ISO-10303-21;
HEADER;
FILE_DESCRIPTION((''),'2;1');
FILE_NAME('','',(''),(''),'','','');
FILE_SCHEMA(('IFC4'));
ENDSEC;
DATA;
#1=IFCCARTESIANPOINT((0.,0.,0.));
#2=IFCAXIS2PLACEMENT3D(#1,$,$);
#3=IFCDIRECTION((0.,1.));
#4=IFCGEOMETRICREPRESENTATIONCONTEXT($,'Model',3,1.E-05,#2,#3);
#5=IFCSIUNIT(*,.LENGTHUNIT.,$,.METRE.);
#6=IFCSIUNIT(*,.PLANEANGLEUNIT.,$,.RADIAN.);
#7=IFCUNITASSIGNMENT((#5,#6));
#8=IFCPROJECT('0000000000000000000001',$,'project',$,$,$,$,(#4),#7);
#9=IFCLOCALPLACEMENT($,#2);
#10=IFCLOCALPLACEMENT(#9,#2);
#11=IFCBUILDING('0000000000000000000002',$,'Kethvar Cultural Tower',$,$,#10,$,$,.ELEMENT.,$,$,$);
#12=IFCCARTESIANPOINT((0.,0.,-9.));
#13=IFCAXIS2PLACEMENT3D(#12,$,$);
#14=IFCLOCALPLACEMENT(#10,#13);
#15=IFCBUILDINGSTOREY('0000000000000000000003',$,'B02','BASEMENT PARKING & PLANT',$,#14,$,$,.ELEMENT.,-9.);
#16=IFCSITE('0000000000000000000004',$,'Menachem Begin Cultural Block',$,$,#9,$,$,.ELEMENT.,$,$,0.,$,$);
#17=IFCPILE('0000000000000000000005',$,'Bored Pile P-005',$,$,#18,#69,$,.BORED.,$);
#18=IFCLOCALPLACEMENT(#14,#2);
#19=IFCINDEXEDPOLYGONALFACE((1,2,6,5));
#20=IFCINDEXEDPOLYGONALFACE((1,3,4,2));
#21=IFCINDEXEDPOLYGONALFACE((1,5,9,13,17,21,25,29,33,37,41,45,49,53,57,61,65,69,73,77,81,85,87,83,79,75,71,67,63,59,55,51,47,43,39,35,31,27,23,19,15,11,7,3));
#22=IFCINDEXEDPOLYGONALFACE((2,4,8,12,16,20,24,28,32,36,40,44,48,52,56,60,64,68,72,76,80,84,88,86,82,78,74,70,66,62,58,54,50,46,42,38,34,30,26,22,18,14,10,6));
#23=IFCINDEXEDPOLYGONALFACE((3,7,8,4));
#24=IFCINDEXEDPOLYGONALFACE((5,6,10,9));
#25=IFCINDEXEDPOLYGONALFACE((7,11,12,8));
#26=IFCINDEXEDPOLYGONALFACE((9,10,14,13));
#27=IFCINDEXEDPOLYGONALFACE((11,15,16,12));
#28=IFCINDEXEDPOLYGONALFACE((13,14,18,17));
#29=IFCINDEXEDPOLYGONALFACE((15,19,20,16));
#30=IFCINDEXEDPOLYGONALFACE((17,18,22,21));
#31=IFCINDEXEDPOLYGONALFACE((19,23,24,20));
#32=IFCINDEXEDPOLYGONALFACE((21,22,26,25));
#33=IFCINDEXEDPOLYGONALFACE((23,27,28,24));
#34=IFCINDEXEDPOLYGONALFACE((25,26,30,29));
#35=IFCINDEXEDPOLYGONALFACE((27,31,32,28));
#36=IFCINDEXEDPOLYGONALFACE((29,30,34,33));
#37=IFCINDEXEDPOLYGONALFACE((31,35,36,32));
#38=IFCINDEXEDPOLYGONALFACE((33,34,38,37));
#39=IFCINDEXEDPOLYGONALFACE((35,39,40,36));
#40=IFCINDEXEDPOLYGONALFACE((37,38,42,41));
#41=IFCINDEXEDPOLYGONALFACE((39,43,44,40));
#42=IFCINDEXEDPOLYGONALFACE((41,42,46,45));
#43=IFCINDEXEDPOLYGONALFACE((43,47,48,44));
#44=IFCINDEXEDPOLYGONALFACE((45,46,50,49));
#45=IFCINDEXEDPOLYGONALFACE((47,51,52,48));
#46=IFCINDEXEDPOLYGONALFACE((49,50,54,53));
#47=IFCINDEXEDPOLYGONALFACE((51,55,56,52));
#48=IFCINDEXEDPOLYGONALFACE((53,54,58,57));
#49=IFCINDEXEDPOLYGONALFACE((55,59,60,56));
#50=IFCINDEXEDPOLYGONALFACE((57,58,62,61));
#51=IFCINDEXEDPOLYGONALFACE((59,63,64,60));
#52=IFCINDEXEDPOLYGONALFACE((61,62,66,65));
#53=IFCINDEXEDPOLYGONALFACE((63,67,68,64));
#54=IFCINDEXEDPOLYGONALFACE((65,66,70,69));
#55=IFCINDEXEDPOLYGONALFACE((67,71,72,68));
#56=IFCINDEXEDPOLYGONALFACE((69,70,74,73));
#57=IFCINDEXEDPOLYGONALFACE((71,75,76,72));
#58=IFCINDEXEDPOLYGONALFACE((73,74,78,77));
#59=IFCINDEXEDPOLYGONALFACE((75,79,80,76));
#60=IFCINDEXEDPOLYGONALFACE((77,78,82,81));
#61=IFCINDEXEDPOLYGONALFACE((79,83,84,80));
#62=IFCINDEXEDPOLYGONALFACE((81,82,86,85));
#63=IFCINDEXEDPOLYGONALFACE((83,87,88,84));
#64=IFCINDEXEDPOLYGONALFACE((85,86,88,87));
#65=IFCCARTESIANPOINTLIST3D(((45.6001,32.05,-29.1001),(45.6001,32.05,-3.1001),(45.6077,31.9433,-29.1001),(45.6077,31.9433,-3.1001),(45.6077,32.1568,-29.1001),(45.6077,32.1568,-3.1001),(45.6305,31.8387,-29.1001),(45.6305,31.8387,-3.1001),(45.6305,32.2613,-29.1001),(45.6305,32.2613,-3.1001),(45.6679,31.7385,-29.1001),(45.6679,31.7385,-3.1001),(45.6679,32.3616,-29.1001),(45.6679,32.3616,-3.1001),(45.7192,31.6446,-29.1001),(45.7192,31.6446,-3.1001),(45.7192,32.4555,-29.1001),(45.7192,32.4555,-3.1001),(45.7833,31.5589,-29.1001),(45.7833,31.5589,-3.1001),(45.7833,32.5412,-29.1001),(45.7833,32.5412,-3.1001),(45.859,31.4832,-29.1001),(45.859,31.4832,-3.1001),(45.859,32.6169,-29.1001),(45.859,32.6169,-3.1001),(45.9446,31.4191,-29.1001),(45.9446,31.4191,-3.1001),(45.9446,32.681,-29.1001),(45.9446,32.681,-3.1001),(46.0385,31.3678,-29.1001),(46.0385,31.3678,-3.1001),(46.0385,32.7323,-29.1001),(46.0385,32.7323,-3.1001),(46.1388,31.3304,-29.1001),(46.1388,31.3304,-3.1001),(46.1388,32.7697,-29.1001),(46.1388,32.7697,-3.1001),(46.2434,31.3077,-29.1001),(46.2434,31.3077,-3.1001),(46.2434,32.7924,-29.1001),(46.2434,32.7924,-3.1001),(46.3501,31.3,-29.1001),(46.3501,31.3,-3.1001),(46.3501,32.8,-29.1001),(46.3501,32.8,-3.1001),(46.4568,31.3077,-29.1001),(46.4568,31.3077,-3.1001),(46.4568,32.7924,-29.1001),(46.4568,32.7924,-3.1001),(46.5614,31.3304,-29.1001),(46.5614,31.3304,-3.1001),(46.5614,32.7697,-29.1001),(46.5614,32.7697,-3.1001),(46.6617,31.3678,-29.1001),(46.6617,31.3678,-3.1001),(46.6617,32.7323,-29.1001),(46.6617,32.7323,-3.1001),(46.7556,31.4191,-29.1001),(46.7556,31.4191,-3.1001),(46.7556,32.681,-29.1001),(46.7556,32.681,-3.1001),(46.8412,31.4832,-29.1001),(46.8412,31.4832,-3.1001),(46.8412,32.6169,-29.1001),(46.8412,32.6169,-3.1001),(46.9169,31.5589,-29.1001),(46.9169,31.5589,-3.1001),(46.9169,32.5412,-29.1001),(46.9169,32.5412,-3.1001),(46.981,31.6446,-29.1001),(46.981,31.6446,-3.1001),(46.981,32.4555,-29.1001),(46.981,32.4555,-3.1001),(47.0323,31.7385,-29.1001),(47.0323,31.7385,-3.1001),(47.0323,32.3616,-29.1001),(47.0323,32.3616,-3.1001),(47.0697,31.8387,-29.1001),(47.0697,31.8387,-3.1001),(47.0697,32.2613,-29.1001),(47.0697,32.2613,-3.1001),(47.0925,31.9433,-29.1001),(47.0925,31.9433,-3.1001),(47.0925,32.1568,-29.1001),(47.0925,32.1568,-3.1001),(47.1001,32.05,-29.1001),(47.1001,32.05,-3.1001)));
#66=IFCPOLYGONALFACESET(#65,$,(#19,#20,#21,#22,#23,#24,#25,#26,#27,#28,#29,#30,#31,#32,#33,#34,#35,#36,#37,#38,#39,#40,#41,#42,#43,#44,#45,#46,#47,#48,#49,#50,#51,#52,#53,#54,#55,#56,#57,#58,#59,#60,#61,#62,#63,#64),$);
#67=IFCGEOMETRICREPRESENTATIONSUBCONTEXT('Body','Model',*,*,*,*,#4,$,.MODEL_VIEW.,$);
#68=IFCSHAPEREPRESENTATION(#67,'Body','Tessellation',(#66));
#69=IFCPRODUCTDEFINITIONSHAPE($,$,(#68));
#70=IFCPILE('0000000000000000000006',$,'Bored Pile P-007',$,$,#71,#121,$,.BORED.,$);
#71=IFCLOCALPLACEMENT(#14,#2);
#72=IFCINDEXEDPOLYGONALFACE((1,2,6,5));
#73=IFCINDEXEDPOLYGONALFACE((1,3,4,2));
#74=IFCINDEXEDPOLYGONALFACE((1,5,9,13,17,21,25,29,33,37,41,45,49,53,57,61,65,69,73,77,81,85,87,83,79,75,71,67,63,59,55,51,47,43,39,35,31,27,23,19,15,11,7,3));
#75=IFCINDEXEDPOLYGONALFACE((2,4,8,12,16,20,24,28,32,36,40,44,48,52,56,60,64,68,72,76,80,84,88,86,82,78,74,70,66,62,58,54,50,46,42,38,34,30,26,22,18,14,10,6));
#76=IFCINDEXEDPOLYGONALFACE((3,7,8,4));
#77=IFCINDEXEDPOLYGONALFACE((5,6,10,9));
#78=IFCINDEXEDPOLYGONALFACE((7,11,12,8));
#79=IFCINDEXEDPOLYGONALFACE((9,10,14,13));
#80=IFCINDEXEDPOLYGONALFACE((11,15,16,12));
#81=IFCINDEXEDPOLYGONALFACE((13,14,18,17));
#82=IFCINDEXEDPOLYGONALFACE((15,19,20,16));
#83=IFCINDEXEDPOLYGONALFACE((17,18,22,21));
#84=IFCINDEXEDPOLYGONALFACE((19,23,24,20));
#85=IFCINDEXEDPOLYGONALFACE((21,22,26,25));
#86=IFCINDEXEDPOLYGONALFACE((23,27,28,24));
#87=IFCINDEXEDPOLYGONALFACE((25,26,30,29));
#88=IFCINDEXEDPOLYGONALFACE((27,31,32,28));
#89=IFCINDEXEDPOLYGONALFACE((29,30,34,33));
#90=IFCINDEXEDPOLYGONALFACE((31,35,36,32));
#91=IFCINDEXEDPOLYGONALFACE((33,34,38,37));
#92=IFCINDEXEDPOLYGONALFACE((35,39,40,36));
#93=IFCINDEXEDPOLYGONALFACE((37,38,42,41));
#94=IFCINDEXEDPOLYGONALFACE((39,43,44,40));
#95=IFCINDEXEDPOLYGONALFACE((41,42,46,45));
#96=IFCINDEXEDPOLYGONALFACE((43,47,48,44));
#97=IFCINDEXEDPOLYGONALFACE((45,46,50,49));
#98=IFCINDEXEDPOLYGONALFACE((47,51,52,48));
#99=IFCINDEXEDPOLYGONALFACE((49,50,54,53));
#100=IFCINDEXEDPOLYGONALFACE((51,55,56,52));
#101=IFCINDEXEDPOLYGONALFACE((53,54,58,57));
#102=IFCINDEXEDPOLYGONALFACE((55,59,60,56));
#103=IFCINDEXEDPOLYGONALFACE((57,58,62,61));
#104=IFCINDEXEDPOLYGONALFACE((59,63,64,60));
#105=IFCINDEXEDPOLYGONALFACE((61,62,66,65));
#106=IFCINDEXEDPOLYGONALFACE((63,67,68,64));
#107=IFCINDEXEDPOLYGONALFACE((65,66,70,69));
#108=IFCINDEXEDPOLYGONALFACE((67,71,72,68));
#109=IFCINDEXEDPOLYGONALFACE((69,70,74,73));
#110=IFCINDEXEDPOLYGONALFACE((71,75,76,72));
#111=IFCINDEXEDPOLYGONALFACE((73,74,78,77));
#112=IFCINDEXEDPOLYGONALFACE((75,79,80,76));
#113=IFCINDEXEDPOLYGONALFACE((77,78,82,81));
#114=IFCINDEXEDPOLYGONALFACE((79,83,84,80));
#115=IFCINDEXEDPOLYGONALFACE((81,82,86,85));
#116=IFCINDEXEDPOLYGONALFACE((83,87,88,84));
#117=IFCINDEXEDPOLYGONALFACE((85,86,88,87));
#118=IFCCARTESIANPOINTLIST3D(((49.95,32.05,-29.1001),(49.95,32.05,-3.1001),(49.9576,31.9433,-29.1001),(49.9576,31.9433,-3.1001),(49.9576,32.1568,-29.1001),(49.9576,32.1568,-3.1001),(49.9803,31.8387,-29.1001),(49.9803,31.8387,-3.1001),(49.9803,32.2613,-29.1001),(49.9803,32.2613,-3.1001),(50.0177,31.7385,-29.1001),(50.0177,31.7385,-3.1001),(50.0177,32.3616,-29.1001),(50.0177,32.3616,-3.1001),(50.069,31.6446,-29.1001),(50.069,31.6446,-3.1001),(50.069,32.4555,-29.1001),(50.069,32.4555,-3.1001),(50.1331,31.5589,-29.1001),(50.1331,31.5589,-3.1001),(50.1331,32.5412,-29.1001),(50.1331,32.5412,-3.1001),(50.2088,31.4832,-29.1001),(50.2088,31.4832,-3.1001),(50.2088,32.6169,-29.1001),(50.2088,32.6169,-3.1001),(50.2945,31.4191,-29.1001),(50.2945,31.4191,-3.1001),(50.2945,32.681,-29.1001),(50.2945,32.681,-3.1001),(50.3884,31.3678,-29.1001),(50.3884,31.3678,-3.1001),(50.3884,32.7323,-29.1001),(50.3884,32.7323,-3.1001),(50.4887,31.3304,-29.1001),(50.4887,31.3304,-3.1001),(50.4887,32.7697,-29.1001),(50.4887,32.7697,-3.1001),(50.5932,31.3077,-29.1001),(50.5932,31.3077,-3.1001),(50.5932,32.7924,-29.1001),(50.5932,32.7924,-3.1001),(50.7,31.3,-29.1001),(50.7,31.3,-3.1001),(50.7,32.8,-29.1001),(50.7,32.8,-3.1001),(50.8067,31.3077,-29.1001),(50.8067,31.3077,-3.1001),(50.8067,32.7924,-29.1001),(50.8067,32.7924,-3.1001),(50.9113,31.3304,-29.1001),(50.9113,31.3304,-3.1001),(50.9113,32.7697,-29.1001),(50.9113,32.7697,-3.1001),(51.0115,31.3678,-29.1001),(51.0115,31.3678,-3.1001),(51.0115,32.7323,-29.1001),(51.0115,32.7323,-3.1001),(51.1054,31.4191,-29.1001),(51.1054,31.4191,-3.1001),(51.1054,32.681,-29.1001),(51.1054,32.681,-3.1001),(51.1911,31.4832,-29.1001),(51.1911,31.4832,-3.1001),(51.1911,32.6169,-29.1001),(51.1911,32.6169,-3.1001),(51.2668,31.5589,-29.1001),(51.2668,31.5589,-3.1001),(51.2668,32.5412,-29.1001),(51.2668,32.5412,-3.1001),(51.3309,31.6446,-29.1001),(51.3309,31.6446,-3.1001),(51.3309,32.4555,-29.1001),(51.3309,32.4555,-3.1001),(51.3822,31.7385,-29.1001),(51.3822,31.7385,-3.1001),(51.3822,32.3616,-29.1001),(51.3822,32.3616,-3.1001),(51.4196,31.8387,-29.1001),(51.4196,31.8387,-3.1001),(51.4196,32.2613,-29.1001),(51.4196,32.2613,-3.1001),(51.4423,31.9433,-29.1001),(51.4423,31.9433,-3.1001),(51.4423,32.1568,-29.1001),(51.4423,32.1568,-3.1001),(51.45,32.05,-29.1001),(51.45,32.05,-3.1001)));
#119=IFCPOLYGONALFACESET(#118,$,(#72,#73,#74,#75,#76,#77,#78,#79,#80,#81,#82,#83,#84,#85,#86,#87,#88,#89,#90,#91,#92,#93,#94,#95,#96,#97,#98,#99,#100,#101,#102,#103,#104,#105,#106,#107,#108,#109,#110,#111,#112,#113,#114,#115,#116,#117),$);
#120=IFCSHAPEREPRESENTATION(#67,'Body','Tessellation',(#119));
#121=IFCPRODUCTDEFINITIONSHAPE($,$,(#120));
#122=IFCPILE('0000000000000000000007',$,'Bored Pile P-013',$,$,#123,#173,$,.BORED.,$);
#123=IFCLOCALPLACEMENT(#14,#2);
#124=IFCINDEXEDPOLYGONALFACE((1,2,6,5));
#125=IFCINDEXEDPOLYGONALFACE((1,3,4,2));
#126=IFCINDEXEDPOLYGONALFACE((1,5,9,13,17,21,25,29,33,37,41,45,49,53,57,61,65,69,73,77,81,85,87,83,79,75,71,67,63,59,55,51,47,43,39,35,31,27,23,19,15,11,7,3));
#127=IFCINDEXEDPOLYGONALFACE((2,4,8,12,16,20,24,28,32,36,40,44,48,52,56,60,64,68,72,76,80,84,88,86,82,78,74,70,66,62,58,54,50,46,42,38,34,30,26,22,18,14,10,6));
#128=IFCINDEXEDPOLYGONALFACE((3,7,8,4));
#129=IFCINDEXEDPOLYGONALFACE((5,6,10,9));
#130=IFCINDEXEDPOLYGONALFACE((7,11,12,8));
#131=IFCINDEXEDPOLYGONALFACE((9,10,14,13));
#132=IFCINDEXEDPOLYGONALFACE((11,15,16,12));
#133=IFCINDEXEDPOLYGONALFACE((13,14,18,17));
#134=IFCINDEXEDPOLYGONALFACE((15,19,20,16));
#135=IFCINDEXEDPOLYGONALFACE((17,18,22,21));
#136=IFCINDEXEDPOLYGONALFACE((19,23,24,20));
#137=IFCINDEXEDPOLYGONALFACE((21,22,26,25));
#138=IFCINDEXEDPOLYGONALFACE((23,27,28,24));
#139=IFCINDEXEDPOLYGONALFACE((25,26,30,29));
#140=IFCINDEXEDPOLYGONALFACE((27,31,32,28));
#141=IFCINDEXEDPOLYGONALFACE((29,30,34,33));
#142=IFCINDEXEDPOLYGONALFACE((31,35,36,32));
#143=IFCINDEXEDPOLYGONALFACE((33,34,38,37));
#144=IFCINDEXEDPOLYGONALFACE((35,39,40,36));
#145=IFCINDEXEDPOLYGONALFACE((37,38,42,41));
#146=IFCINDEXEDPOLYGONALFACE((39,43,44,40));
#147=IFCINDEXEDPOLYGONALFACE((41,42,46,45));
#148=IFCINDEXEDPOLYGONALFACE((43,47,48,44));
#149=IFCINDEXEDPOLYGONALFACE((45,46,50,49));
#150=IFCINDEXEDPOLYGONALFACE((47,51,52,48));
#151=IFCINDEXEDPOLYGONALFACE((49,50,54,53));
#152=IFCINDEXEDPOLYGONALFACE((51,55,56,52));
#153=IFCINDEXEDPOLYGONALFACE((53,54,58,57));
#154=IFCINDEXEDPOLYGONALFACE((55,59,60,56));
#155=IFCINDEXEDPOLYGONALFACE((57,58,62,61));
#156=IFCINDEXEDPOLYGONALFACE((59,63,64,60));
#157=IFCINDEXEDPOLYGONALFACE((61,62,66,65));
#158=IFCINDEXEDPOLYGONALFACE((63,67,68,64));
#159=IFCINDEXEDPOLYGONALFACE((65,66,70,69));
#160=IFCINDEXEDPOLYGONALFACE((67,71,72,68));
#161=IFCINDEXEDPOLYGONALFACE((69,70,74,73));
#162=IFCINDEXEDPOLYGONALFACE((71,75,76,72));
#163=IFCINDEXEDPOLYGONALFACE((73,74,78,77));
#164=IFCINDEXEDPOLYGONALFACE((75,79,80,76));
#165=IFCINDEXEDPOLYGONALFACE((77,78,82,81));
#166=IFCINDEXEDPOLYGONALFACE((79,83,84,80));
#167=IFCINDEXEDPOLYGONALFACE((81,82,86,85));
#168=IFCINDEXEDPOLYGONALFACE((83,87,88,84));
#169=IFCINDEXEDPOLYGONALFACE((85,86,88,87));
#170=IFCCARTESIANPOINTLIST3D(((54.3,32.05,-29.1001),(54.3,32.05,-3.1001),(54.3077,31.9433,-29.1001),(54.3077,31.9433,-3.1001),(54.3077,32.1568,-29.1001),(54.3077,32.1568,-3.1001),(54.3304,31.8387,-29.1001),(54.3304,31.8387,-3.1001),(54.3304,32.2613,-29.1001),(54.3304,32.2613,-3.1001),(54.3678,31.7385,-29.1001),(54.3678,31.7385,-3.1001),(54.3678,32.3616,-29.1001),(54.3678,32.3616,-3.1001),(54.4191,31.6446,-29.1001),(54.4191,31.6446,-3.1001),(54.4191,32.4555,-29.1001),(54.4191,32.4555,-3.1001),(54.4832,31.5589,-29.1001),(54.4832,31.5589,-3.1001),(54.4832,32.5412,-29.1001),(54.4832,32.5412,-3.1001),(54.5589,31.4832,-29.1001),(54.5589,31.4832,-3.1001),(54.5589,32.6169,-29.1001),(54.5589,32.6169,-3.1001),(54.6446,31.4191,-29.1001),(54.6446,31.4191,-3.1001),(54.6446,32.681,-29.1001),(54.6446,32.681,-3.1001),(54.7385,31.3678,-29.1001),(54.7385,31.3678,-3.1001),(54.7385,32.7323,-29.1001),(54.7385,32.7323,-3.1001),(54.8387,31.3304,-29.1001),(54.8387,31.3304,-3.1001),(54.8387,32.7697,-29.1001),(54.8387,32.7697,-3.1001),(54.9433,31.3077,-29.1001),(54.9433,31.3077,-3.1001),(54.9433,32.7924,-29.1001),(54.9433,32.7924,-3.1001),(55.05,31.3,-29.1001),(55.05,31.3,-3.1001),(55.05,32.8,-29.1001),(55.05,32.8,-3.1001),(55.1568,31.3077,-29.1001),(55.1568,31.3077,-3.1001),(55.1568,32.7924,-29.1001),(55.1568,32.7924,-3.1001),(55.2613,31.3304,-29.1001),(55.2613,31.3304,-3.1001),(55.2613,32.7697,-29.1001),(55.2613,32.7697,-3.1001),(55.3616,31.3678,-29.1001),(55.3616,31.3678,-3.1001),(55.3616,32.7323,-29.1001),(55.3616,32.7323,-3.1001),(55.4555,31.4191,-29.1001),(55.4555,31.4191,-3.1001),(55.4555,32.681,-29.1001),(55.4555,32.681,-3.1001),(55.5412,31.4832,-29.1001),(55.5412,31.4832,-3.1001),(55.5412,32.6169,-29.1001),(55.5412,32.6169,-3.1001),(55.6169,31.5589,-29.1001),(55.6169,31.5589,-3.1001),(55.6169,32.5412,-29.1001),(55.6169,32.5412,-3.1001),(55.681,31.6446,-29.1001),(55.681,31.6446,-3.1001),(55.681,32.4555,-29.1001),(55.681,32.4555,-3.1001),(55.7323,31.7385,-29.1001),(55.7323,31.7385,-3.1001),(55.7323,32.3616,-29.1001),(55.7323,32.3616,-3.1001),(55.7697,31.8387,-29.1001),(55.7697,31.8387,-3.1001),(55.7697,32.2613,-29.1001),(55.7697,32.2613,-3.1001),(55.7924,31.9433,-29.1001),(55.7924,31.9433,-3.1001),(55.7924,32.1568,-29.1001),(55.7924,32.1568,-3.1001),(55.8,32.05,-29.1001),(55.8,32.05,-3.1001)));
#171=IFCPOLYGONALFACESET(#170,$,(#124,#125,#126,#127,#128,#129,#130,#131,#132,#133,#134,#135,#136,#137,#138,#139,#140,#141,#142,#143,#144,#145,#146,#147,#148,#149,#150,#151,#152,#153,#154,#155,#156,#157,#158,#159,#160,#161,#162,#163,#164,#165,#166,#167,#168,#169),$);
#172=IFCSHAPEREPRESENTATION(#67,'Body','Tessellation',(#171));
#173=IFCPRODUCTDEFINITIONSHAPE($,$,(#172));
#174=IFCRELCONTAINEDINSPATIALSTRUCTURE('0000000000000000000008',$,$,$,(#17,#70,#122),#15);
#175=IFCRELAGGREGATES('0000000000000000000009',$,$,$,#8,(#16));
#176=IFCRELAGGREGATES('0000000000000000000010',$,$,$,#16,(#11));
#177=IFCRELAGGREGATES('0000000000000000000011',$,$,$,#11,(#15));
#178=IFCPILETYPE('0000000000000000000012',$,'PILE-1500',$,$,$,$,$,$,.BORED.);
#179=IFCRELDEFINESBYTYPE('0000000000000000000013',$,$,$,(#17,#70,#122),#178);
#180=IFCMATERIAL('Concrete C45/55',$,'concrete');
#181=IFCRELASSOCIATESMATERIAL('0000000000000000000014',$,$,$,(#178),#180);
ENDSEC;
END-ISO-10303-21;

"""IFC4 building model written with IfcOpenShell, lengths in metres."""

from ifc_helpers import new_model, si_unit, direction, frame, origin, origin_2d, place, context, subcontext, project, spatial, circle, extrude, source, transform, mapped, material, material_profile, profile_set, type_object, element, save


model = new_model("IFC4")

# Units and contexts
model_context = context("Model", 3, precision=1e-05, world=origin(), true_north=direction((0.0, 1.0)))
body_context = subcontext(model_context, "Body", "Model", "MODEL_VIEW")
ifc_project = project(units=[si_unit("LENGTHUNIT", "METRE"), si_unit("PLANEANGLEUNIT", "RADIAN")], contexts=[model_context])

# Site, building, storey
site_placement = place(None, origin())
site = spatial("IfcSite", under=ifc_project, at=site_placement, Name="Menachem Begin Cultural Block", CompositionType="ELEMENT", RefElevation=0.0)
building_placement = place(site_placement, origin())
building = spatial("IfcBuilding", under=site, at=building_placement, Name="Kethvar Cultural Tower", CompositionType="ELEMENT")
storey_placement = place(building_placement, frame((0.0, 0.0, -9.0)))
storey = spatial("IfcBuildingStorey", under=building, at=storey_placement, Name="B02", Description="BASEMENT PARKING & PLANT", CompositionType="ELEMENT", Elevation=-9.0)

# Piles
ifc_material_1 = material(Name="Concrete C45/55", Category="concrete")
ifc_material_profile_1 = material_profile(ifc_material_1, circle(Radius=0.75, at=origin_2d()), Name="Concrete C45/55 — PILE1500")
ifc_profile_set_1 = profile_set([ifc_material_profile_1], Name="Concrete C45/55 — PILE1500")
pile_type = type_object("IfcPileType", Name="PILE-1500", PredefinedType="BORED", material=ifc_profile_set_1)
shared_shape_1 = source(origin(), body_context, "Body", "SweptSolid", [
    extrude(circle(Radius=0.75, at=origin_2d()), origin(), (0.0, 0.0, 1.0), 26.0),
])
for number, where, z_axis, x_axis, name in (
    (1, (46.3501, 32.05, -3.1001), (0.0, 0.0, -1.0), (1.0, 0.0, 0.0), "Bored Pile P-005"),
    (2, (50.7, 32.05, -3.1001), (0.0, 0.0, -1.0), (1.0, 0.0, 0.0), "Bored Pile P-007"),
    (3, (55.05, 32.05, -3.1001), (0.0, 0.0, -1.0), (1.0, 0.0, 0.0), "Bored Pile P-013"),
):
    element("IfcPile", number, at=place(storey_placement, frame(where, z_axis=z_axis, x_axis=x_axis)), inside=storey, type_object=pile_type, Name=name, PredefinedType="BORED", context=body_context, shape_type="MappedRepresentation", body=[
        mapped(shared_shape_1, transform((0.0, 0.0, 0.0), scale=1.0)),
    ])

save(model, "model.ifc")
